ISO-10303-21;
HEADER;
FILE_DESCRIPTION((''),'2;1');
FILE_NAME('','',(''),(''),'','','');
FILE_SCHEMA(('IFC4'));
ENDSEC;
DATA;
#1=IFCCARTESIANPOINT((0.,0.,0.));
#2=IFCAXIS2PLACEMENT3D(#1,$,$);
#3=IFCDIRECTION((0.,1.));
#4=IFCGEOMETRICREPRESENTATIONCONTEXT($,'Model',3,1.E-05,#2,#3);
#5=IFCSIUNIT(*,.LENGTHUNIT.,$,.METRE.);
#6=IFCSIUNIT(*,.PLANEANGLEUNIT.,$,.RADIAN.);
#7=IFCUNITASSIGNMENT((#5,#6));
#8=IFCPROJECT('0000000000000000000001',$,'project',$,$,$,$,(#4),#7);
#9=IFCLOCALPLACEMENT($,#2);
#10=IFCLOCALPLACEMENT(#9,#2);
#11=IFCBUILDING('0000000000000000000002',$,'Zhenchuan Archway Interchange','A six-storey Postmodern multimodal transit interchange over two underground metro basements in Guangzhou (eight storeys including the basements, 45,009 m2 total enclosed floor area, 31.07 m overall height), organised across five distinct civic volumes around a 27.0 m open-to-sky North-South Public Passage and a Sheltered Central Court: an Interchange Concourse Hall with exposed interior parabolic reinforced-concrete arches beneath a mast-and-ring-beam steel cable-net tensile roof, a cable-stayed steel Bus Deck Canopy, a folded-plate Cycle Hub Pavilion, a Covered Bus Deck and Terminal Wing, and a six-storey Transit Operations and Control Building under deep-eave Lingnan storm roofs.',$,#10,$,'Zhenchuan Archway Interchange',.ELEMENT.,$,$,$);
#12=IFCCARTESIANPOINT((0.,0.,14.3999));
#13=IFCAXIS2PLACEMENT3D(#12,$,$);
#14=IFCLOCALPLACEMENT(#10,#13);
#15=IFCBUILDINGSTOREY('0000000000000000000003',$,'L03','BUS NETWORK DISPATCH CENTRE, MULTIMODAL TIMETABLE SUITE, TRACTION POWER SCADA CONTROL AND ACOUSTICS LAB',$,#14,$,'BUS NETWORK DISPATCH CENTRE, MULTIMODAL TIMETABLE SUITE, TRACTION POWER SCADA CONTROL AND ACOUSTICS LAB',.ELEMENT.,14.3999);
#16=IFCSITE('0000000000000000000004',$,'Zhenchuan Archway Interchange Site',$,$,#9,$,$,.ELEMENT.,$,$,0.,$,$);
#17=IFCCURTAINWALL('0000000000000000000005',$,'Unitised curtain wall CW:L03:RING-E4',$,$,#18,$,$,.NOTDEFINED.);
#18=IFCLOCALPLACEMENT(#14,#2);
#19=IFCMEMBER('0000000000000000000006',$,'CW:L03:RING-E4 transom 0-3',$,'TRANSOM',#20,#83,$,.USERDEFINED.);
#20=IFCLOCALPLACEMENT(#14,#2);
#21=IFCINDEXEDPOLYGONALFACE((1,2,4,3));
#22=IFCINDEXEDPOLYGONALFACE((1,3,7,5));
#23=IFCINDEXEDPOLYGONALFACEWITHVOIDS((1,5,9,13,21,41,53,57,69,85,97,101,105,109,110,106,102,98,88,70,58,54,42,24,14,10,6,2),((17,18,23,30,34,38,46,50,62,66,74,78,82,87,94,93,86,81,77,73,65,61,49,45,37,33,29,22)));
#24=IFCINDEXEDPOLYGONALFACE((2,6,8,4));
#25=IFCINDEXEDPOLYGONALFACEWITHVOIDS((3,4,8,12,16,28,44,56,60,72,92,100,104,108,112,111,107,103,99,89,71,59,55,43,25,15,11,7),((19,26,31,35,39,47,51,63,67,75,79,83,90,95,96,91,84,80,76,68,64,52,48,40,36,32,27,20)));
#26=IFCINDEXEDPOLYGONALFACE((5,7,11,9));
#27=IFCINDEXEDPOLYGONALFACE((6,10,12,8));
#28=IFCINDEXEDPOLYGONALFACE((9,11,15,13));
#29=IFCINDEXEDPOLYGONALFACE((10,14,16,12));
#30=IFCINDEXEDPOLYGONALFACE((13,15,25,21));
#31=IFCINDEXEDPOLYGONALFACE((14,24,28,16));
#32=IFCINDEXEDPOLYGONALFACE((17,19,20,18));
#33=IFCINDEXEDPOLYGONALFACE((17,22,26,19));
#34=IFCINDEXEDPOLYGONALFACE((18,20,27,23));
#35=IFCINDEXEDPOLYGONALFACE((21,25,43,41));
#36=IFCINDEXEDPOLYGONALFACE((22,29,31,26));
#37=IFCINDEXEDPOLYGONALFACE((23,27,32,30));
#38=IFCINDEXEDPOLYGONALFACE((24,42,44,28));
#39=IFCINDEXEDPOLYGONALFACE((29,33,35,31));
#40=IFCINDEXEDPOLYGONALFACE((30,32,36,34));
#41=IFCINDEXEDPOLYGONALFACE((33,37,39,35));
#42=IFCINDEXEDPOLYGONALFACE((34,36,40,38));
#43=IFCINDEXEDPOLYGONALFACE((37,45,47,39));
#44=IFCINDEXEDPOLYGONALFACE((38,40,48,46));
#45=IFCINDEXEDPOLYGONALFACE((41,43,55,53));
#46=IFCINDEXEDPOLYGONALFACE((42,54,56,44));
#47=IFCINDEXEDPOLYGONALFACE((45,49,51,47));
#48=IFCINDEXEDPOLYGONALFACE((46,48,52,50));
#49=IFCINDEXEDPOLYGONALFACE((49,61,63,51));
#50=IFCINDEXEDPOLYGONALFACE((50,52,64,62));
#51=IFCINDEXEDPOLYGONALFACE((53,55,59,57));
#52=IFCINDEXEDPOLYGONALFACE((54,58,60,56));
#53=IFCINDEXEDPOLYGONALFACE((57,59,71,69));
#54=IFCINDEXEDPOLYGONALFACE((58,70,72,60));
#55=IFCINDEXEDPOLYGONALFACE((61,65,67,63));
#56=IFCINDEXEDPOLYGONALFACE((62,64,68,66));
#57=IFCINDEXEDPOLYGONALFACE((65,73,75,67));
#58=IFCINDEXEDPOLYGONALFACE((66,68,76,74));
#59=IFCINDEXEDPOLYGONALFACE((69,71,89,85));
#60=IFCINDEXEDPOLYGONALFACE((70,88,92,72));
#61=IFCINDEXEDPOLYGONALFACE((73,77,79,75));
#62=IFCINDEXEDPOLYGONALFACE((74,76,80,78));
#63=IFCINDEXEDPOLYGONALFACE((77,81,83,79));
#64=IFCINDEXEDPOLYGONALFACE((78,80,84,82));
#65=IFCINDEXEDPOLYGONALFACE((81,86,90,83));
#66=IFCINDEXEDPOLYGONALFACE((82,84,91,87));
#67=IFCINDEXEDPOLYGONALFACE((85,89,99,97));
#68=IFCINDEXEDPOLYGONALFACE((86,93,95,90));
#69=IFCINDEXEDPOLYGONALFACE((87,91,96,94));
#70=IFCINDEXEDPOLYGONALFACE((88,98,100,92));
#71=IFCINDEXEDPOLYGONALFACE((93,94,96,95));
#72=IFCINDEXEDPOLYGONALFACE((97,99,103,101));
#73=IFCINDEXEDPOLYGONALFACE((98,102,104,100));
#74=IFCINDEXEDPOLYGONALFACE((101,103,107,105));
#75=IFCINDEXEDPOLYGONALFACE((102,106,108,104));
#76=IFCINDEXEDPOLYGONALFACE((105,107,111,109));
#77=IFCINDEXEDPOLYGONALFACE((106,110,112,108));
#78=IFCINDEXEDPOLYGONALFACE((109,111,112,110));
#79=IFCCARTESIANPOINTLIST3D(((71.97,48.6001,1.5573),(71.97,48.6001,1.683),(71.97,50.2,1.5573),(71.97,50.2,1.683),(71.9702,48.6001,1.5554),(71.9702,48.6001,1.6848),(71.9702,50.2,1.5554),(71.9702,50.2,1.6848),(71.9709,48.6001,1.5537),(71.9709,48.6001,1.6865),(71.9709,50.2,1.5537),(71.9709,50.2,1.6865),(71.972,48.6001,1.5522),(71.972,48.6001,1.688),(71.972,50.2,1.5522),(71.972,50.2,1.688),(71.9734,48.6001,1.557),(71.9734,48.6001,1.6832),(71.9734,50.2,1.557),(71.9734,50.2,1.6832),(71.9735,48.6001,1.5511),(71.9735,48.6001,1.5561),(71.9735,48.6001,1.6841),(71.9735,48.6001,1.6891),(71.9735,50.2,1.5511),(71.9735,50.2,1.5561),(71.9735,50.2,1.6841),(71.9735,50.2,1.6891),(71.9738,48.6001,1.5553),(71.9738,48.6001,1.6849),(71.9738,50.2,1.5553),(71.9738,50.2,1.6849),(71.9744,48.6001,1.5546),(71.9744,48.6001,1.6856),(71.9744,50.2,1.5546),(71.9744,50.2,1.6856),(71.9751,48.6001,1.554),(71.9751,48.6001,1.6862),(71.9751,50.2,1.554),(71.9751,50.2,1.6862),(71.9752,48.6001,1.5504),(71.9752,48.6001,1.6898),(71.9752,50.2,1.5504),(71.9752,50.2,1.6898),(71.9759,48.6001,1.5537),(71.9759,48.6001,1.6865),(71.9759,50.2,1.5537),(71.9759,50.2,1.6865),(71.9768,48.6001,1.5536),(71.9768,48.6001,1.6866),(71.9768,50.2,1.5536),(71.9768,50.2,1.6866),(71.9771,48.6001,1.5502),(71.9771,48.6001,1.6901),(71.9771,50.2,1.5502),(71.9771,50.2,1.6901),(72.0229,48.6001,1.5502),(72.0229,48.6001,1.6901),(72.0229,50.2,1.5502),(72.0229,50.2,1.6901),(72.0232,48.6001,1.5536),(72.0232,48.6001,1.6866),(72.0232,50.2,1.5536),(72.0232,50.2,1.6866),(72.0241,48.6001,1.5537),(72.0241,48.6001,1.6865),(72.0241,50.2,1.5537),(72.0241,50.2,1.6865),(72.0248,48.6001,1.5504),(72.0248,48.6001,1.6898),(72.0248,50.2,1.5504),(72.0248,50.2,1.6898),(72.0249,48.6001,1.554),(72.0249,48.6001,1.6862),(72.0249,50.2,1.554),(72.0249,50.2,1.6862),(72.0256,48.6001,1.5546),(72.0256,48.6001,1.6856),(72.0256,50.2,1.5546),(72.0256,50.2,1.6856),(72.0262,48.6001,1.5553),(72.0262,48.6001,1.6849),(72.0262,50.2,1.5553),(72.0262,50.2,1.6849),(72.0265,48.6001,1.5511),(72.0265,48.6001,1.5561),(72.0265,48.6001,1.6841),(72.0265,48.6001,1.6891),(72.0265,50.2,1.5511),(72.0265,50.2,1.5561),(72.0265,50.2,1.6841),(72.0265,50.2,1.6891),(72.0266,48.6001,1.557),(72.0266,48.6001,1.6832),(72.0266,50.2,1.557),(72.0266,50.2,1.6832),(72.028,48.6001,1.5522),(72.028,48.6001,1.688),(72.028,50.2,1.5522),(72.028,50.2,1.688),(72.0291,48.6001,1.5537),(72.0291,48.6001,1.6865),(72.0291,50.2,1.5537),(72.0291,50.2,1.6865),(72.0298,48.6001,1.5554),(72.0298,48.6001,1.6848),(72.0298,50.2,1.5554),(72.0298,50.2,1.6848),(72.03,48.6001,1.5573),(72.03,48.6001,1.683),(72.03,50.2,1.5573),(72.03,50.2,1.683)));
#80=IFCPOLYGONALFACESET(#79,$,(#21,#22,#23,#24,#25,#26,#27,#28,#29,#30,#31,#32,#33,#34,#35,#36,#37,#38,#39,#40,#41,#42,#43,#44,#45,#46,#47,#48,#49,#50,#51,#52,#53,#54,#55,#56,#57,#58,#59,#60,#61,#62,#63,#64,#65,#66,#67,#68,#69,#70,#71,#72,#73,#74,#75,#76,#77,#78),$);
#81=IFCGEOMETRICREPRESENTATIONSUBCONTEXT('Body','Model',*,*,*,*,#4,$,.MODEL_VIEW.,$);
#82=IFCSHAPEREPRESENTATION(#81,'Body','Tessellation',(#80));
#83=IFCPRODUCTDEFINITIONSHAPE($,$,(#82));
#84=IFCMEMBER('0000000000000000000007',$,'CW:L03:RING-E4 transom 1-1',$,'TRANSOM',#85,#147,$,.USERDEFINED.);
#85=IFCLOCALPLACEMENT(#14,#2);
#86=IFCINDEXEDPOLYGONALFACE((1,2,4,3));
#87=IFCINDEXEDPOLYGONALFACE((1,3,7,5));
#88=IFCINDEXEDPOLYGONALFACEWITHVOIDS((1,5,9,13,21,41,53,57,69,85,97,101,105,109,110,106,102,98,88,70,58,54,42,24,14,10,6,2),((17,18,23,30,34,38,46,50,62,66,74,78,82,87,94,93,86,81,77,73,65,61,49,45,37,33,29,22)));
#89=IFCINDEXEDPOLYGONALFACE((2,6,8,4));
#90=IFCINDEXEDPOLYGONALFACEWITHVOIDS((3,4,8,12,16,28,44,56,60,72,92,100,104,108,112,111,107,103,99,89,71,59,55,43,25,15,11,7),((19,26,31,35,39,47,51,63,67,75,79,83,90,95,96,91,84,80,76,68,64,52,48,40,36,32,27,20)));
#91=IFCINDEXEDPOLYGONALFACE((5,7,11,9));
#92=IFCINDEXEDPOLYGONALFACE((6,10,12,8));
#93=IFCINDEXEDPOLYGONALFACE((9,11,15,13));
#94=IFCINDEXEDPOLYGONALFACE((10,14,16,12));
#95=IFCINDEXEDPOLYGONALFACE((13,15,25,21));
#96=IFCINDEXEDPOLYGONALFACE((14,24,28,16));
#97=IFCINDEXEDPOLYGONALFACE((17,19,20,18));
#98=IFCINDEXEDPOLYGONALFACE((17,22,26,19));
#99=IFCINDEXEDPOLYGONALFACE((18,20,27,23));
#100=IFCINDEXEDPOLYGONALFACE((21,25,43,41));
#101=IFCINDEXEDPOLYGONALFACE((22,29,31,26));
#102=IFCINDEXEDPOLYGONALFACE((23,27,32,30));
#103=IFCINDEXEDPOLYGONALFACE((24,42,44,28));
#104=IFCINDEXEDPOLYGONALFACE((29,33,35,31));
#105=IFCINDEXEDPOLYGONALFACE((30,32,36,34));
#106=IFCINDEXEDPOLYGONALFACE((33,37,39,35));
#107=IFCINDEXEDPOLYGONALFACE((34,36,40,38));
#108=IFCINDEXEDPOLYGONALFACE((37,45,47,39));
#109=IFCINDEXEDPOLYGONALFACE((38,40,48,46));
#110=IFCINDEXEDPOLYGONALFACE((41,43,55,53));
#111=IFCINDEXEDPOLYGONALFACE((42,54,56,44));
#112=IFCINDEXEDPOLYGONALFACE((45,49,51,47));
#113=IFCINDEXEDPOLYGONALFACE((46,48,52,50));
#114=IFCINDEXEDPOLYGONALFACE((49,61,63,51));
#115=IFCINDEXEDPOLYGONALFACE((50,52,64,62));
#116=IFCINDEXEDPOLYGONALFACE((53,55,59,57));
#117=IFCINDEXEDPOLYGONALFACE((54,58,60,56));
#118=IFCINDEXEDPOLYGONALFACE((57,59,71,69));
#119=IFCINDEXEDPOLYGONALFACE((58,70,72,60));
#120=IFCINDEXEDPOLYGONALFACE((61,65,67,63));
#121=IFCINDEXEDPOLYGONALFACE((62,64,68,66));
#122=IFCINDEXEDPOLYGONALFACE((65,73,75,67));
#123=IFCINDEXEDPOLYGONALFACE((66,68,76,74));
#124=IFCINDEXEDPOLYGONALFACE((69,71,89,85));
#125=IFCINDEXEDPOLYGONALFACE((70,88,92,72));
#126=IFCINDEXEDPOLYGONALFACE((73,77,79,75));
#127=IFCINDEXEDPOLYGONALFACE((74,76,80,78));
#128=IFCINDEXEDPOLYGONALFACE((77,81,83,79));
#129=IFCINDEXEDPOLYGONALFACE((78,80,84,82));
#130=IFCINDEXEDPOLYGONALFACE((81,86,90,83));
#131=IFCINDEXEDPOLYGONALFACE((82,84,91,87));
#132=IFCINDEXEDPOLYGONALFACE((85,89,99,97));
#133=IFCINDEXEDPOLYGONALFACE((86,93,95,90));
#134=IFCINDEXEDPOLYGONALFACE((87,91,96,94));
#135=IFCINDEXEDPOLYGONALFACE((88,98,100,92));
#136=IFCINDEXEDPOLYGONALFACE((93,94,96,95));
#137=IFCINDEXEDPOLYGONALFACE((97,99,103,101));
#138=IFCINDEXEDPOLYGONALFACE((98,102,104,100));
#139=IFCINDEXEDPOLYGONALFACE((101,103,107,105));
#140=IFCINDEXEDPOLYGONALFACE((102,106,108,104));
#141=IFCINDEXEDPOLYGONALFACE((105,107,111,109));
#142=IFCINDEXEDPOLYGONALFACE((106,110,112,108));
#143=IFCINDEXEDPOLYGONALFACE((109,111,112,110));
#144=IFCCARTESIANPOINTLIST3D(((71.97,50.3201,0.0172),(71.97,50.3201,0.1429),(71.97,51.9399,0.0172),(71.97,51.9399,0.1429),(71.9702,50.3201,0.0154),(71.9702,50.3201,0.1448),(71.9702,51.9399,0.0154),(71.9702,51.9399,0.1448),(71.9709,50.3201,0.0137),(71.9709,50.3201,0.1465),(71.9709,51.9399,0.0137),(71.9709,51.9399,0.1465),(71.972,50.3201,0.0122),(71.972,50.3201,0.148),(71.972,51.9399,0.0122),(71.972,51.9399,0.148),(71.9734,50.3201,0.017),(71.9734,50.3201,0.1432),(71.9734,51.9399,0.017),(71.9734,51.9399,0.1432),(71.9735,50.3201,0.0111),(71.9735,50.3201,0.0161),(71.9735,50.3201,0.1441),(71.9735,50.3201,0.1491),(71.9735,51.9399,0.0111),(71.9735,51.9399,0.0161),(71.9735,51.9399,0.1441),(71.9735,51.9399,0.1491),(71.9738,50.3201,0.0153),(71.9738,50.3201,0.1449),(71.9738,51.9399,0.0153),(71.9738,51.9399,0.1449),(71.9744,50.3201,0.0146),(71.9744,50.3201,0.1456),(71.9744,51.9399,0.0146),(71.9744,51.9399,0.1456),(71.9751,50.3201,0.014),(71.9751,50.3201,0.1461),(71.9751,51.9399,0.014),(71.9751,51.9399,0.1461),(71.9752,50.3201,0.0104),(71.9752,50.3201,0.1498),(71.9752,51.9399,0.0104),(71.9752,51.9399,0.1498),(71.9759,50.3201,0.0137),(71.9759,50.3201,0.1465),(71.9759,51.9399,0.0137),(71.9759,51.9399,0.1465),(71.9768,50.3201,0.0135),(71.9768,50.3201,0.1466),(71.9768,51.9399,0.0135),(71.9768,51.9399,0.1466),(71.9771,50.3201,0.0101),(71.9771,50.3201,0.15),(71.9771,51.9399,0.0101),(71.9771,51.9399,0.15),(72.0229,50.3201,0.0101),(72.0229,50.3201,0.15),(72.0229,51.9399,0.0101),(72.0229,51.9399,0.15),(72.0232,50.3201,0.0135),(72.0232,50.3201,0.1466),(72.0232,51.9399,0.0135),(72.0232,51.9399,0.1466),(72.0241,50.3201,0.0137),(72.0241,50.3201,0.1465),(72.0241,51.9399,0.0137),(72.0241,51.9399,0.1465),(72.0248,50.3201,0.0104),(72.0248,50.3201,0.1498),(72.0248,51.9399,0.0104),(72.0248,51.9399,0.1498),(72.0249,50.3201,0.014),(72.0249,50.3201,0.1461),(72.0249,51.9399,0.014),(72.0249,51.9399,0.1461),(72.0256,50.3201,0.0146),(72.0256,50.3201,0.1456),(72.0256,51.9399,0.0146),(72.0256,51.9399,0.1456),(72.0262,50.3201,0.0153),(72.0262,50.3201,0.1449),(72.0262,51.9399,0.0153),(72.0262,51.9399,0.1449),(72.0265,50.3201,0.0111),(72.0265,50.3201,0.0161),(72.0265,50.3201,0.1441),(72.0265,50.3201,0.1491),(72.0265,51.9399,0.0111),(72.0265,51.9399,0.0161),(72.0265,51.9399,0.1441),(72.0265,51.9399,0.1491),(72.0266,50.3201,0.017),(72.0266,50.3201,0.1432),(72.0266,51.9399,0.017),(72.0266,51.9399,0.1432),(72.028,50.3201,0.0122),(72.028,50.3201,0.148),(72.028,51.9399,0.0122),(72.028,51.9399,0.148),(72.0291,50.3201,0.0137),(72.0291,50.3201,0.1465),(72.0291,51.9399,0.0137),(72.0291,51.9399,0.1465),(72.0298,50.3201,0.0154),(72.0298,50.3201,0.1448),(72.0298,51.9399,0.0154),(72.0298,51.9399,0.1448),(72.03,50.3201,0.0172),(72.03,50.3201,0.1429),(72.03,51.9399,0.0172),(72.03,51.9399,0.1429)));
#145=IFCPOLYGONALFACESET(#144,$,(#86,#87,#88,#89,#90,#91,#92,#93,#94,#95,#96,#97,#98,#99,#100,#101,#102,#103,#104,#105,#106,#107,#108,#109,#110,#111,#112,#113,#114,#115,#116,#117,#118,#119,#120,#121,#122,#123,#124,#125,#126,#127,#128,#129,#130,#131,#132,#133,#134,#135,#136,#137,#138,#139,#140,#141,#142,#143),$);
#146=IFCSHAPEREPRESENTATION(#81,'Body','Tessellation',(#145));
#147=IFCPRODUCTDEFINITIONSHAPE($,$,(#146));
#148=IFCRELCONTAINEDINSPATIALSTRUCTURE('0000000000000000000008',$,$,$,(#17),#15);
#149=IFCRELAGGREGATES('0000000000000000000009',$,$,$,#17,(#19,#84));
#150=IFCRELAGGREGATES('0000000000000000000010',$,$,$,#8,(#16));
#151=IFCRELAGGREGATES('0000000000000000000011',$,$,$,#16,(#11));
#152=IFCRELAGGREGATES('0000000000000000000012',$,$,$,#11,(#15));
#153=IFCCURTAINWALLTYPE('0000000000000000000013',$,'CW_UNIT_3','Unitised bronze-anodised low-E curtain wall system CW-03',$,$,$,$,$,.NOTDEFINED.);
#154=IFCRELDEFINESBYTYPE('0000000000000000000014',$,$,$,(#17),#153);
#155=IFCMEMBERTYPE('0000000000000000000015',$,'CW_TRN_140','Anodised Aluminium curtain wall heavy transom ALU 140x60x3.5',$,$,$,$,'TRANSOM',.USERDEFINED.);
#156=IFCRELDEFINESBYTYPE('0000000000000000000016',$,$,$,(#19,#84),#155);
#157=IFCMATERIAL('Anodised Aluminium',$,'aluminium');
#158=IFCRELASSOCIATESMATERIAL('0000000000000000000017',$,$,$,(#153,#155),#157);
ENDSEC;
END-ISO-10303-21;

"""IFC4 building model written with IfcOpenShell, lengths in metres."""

from ifc_helpers import new_model, si_unit, direction, frame, origin, origin_2d, place, context, subcontext, project, spatial, hollow_rectangle, extrude, material, material_profile, profile_set, type_object, element, aggregate, save


model = new_model("IFC4")

# Units and contexts
model_context = context("Model", 3, precision=1e-05, world=origin(), true_north=direction((0.0, 1.0)))
body_context = subcontext(model_context, "Body", "Model", "MODEL_VIEW")
ifc_project = project(units=[si_unit("LENGTHUNIT", "METRE"), si_unit("PLANEANGLEUNIT", "RADIAN")], contexts=[model_context])

# Site, building, storey
site_placement = place(None, origin())
site = spatial("IfcSite", under=ifc_project, at=site_placement, Name="Zhenchuan Archway Interchange Site", CompositionType="ELEMENT", RefElevation=0.0)
building_placement = place(site_placement, origin())
building = spatial("IfcBuilding", under=site, at=building_placement, Name="Zhenchuan Archway Interchange", Description="A six-storey Postmodern multimodal transit interchange over two underground metro basements in Guangzhou (eight storeys including the basements, 45,009 m2 total enclosed floor area, 31.07 m overall height), organised across five distinct civic volumes around a 27.0 m open-to-sky North-South Public Passage and a Sheltered Central Court: an Interchange Concourse Hall with exposed interior parabolic reinforced-concrete arches beneath a mast-and-ring-beam steel cable-net tensile roof, a cable-stayed steel Bus Deck Canopy, a folded-plate Cycle Hub Pavilion, a Covered Bus Deck and Terminal Wing, and a six-storey Transit Operations and Control Building under deep-eave Lingnan storm roofs.", LongName="Zhenchuan Archway Interchange", CompositionType="ELEMENT")
storey_placement = place(building_placement, frame((0.0, 0.0, 14.3999)))
storey = spatial("IfcBuildingStorey", under=building, at=storey_placement, Name="L03", Description="BUS NETWORK DISPATCH CENTRE, MULTIMODAL TIMETABLE SUITE, TRACTION POWER SCADA CONTROL AND ACOUSTICS LAB", LongName="BUS NETWORK DISPATCH CENTRE, MULTIMODAL TIMETABLE SUITE, TRACTION POWER SCADA CONTROL AND ACOUSTICS LAB", CompositionType="ELEMENT", Elevation=14.3999)

# Shared definitions
ifc_material_1 = material(Name="Anodised Aluminium", Category="aluminium")
curtain_wall_type = type_object("IfcCurtainWallType", Name="CW_UNIT_3", Description="Unitised bronze-anodised low-E curtain wall system CW-03", PredefinedType="NOTDEFINED", material=ifc_material_1)

# Curtain wall
curtain_wall_1_placement = place(storey_placement, origin())
curtain_wall_1 = element("IfcCurtainWall", 1, at=curtain_wall_1_placement, inside=storey, type_object=curtain_wall_type, Name="Unitised curtain wall CW:L03:RING-E4", PredefinedType="NOTDEFINED")

# Members
ifc_material_profile_1 = material_profile(ifc_material_1, hollow_rectangle(XDim=0.0601, YDim=0.1399, WallThickness=0.0034, InnerFilletRadius=0.0034, OuterFilletRadius=0.0071, at=origin_2d()), Name="ALU 140x60x3.5")
ifc_profile_set_1 = profile_set([ifc_material_profile_1], Name="Anodised Aluminium")
member_type_1 = type_object("IfcMemberType", Name="CW_TRN_140", Description="Anodised Aluminium curtain wall heavy transom ALU 140x60x3.5", ElementType="TRANSOM", PredefinedType="USERDEFINED", material=ifc_profile_set_1)
member_1_placement = place(storey_placement, frame((72.0, 48.6001, 1.6201), z_axis=(0.0, 1.0, 0.0), x_axis=(-1.0, 0.0, 0.0)))
member_1 = element("IfcMember", 2, at=member_1_placement, type_object=member_type_1, Name="CW:L03:RING-E4 transom 0-3", ObjectType="TRANSOM", PredefinedType="USERDEFINED", context=body_context, shape_type="SweptSolid", body=[
    extrude(hollow_rectangle(XDim=0.0601, YDim=0.1399, WallThickness=0.0034, InnerFilletRadius=0.0034, OuterFilletRadius=0.0071, at=origin_2d()), origin(), (0.0, 0.0, 1.0), 1.5999),
])
member_2_placement = place(storey_placement, frame((72.0, 50.3201, 0.0801), z_axis=(0.0, 1.0, 0.0), x_axis=(-1.0, 0.0, 0.0)))
member_2 = element("IfcMember", 3, at=member_2_placement, type_object=member_type_1, Name="CW:L03:RING-E4 transom 1-1", ObjectType="TRANSOM", PredefinedType="USERDEFINED", context=body_context, shape_type="SweptSolid", body=[
    extrude(hollow_rectangle(XDim=0.0601, YDim=0.1399, WallThickness=0.0034, InnerFilletRadius=0.0034, OuterFilletRadius=0.0071, at=origin_2d()), origin(), (0.0, 0.0, 1.0), 1.6199),
])

aggregate(curtain_wall_1, [member_1, member_2])

save(model, "model.ifc")
